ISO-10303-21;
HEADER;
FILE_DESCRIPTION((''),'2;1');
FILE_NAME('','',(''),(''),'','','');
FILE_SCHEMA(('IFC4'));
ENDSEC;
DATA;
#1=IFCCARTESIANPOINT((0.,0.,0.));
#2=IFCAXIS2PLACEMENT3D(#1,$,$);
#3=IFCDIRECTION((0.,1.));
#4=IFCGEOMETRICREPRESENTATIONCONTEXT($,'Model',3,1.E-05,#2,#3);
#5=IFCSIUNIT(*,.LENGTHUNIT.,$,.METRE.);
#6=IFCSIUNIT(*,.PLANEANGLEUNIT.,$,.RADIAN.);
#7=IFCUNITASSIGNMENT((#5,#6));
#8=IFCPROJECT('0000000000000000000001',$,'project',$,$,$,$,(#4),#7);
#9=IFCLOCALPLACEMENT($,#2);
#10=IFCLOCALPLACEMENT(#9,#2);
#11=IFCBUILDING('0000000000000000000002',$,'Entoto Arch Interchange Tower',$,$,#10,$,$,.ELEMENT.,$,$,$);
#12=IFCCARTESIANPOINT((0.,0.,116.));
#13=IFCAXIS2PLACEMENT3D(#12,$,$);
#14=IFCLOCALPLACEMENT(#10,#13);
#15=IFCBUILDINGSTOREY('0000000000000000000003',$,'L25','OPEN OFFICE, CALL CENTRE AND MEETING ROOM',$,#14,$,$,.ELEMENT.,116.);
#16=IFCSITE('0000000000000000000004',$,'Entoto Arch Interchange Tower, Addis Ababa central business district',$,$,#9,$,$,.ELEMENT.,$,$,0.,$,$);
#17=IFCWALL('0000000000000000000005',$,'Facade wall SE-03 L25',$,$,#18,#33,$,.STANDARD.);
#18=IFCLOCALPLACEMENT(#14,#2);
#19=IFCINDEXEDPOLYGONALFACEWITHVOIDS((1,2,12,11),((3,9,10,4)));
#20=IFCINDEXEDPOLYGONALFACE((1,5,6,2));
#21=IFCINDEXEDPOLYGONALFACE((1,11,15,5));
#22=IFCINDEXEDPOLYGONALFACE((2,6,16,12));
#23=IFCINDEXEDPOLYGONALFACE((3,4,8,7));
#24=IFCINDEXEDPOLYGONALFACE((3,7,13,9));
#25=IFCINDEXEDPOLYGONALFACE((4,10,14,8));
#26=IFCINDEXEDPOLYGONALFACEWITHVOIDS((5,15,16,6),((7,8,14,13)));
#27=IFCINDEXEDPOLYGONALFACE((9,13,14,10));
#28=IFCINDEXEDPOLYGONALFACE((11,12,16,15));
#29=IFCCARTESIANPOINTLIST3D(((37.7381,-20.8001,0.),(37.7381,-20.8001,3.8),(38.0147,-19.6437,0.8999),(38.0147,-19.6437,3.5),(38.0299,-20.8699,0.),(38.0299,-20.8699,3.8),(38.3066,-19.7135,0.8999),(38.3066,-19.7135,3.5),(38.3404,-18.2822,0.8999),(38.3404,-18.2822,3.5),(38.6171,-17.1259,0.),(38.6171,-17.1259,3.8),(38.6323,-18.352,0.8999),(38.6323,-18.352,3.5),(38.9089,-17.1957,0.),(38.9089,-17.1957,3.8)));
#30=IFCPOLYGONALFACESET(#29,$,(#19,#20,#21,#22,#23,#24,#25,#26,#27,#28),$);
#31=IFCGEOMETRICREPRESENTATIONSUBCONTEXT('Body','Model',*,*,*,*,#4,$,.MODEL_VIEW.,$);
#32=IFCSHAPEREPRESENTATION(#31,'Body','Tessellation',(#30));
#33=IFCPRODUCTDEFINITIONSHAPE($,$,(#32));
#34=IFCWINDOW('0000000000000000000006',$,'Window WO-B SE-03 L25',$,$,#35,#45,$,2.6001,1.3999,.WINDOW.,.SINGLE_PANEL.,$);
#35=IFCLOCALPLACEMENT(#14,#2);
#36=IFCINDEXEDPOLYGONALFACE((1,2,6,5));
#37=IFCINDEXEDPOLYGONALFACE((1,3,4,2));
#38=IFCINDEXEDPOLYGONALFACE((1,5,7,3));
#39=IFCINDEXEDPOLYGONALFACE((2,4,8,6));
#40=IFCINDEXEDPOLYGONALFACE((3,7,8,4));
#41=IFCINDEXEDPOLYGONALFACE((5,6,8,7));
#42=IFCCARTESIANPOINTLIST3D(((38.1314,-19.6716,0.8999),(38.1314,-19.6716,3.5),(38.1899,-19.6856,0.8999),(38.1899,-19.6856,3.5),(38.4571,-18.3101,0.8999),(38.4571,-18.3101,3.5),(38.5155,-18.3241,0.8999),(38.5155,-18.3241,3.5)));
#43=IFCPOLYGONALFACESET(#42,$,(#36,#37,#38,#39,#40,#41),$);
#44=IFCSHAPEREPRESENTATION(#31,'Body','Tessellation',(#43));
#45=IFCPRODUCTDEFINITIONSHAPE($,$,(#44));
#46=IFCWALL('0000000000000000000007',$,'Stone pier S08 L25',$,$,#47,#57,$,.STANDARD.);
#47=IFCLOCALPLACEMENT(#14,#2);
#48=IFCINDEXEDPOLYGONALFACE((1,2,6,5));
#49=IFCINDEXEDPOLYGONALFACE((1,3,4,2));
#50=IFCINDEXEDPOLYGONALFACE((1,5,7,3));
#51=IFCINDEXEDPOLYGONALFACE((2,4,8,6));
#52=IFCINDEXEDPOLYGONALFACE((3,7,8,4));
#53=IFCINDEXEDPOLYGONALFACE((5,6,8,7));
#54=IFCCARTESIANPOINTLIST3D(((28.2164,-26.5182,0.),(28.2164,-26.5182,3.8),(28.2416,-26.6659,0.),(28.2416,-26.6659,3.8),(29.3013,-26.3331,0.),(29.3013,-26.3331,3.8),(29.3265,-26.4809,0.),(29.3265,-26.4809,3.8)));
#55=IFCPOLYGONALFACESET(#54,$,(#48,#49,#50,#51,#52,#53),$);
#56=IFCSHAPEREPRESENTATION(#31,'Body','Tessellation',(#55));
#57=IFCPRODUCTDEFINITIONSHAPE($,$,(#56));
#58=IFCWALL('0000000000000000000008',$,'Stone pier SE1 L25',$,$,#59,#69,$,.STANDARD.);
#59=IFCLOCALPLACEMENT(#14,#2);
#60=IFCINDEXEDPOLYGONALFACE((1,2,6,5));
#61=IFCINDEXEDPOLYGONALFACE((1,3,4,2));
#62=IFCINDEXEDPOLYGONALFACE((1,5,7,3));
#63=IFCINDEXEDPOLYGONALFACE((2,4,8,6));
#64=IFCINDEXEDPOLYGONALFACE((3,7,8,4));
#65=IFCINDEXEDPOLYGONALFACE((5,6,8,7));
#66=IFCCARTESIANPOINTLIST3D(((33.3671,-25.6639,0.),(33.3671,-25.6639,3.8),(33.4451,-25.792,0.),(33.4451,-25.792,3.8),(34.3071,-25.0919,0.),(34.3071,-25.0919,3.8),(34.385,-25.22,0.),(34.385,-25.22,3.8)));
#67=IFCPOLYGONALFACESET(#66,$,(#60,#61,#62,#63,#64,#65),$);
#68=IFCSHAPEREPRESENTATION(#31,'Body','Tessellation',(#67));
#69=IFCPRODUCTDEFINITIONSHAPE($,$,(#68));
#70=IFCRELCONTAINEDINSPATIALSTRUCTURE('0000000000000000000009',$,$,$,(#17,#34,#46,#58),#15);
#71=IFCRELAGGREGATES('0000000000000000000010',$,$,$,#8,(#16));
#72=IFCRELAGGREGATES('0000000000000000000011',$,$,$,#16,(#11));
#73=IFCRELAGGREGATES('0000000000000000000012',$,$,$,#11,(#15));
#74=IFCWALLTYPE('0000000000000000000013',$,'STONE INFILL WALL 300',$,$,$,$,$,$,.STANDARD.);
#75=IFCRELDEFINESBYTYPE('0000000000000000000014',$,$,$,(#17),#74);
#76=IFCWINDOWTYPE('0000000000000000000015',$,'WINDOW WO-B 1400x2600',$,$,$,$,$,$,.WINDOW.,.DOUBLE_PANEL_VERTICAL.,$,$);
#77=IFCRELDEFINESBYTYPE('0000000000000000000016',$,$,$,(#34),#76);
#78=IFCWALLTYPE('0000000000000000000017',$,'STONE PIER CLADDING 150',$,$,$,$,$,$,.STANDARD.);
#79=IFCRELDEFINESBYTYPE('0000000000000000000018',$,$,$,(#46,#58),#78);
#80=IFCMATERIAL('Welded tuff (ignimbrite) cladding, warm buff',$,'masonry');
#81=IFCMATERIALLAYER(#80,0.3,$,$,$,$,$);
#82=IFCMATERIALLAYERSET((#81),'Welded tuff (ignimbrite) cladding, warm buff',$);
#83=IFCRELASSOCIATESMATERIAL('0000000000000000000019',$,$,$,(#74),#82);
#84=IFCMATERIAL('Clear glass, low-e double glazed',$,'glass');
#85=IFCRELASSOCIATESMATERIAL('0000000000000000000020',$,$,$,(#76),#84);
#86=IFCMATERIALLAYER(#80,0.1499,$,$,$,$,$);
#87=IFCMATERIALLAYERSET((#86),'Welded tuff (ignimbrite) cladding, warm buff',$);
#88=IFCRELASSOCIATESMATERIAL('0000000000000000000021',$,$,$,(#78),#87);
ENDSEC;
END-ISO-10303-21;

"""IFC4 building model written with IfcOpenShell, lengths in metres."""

from ifc_helpers import new_model, si_unit, direction, frame, frame_2d, origin, place, context, subcontext, project, spatial, rectangle, extrude, material, layer, layer_set, type_object, element, fill, save


model = new_model("IFC4")

# Units and contexts
model_context = context("Model", 3, precision=1e-05, world=origin(), true_north=direction((0.0, 1.0)))
body_context = subcontext(model_context, "Body", "Model", "MODEL_VIEW")
ifc_project = project(units=[si_unit("LENGTHUNIT", "METRE"), si_unit("PLANEANGLEUNIT", "RADIAN")], contexts=[model_context])

# Site, building, storey
site_placement = place(None, origin())
site = spatial("IfcSite", under=ifc_project, at=site_placement, Name="Entoto Arch Interchange Tower, Addis Ababa central business district", CompositionType="ELEMENT", RefElevation=0.0)
building_placement = place(site_placement, origin())
building = spatial("IfcBuilding", under=site, at=building_placement, Name="Entoto Arch Interchange Tower", CompositionType="ELEMENT")
storey_placement = place(building_placement, frame((0.0, 0.0, 116.0)))
storey = spatial("IfcBuildingStorey", under=building, at=storey_placement, Name="L25", Description="OPEN OFFICE, CALL CENTRE AND MEETING ROOM", CompositionType="ELEMENT", Elevation=116.0)

# Wall, opening, window
ifc_material_1 = material(Name="Welded tuff (ignimbrite) cladding, warm buff", Category="masonry")
ifc_layer_1 = layer(ifc_material_1, 0.3)
ifc_layer_set_1 = layer_set([ifc_layer_1], Name="Welded tuff (ignimbrite) cladding, warm buff")
wall_type_1 = type_object("IfcWallType", Name="STONE INFILL WALL 300", PredefinedType="STANDARD", material=ifc_layer_set_1)
ifc_material_2 = material(Name="Clear glass, low-e double glazed", Category="glass")
window_type = type_object("IfcWindowType", Name="WINDOW WO-B 1400x2600", PartitioningType="DOUBLE_PANEL_VERTICAL", PredefinedType="WINDOW", material=ifc_material_2)
wall_1_placement = place(storey_placement, frame((37.884, -20.835, 0.0), z_axis=(0.0, 0.0, 1.0), x_axis=(0.232654, 0.97256, 0.0)))
wall_1 = element("IfcWall", 1, at=wall_1_placement, inside=storey, type_object=wall_type_1, Name="Facade wall SE-03 L25", PredefinedType="STANDARD", context=body_context, shape_type="SweptSolid", body=[
    extrude(rectangle(XDim=3.7778, YDim=0.3, at=frame_2d((1.8889, 0.0))), origin(), (0.0, 0.0, 1.0), 3.8),
])
opening_1_placement = place(wall_1_placement, frame((1.189, 0.0, 0.8999)))
opening_1 = element("IfcOpeningElement", 2, at=opening_1_placement, cuts=wall_1, PredefinedType="OPENING", context=body_context, shape_type="SweptSolid", body=[
    extrude(rectangle(XDim=1.3999, YDim=2.6001, at=frame_2d((0.7, 1.3))), frame((0.0, 0.1602, 0.0), z_axis=(0.0, -1.0, 0.0), x_axis=(1.0, 0.0, 0.0)), (0.0, 0.0, 1.0), 0.3201),
])
window_1_placement = place(opening_1_placement, origin())
window_1 = element("IfcWindow", 3, at=window_1_placement, inside=storey, type_object=window_type, Name="Window WO-B SE-03 L25", OverallHeight=2.6001, OverallWidth=1.3999, PartitioningType="SINGLE_PANEL", PredefinedType="WINDOW", context=body_context, shape_type="SweptSolid", body=[
    extrude(rectangle(XDim=1.3999, YDim=2.6001, at=frame_2d((0.7, 1.3))), frame((0.0, 0.03, 0.0), z_axis=(0.0, -1.0, 0.0), x_axis=(1.0, 0.0, 0.0)), (0.0, 0.0, 1.0), 0.0601),
])
fill(opening_1, window_1)

# Walls
ifc_layer_2 = layer(ifc_material_1, 0.1499)
ifc_layer_set_2 = layer_set([ifc_layer_2], Name="Welded tuff (ignimbrite) cladding, warm buff")
wall_type_2 = type_object("IfcWallType", Name="STONE PIER CLADDING 150", PredefinedType="STANDARD", material=ifc_layer_set_2)
wall_2_placement = place(storey_placement, frame((28.229, -26.592, 0.0), z_axis=(0.0, 0.0, 1.0), x_axis=(0.985763, 0.168139, 0.0)))
element("IfcWall", 4, at=wall_2_placement, inside=storey, type_object=wall_type_2, Name="Stone pier S08 L25", PredefinedType="STANDARD", context=body_context, shape_type="SweptSolid", body=[
    extrude(rectangle(XDim=1.1006, YDim=0.1499, at=frame_2d((0.5503, 0.0))), origin(), (0.0, 0.0, 1.0), 3.8),
])
wall_3_placement = place(storey_placement, frame((33.406, -25.728, 0.0), z_axis=(0.0, 0.0, 1.0), x_axis=(0.854246, 0.51987, 0.0)))
element("IfcWall", 5, at=wall_3_placement, inside=storey, type_object=wall_type_2, Name="Stone pier SE1 L25", PredefinedType="STANDARD", context=body_context, shape_type="SweptSolid", body=[
    extrude(rectangle(XDim=1.1003, YDim=0.1499, at=frame_2d((0.5503, 0.0))), origin(), (0.0, 0.0, 1.0), 3.8),
])

save(model, "model.ifc")
